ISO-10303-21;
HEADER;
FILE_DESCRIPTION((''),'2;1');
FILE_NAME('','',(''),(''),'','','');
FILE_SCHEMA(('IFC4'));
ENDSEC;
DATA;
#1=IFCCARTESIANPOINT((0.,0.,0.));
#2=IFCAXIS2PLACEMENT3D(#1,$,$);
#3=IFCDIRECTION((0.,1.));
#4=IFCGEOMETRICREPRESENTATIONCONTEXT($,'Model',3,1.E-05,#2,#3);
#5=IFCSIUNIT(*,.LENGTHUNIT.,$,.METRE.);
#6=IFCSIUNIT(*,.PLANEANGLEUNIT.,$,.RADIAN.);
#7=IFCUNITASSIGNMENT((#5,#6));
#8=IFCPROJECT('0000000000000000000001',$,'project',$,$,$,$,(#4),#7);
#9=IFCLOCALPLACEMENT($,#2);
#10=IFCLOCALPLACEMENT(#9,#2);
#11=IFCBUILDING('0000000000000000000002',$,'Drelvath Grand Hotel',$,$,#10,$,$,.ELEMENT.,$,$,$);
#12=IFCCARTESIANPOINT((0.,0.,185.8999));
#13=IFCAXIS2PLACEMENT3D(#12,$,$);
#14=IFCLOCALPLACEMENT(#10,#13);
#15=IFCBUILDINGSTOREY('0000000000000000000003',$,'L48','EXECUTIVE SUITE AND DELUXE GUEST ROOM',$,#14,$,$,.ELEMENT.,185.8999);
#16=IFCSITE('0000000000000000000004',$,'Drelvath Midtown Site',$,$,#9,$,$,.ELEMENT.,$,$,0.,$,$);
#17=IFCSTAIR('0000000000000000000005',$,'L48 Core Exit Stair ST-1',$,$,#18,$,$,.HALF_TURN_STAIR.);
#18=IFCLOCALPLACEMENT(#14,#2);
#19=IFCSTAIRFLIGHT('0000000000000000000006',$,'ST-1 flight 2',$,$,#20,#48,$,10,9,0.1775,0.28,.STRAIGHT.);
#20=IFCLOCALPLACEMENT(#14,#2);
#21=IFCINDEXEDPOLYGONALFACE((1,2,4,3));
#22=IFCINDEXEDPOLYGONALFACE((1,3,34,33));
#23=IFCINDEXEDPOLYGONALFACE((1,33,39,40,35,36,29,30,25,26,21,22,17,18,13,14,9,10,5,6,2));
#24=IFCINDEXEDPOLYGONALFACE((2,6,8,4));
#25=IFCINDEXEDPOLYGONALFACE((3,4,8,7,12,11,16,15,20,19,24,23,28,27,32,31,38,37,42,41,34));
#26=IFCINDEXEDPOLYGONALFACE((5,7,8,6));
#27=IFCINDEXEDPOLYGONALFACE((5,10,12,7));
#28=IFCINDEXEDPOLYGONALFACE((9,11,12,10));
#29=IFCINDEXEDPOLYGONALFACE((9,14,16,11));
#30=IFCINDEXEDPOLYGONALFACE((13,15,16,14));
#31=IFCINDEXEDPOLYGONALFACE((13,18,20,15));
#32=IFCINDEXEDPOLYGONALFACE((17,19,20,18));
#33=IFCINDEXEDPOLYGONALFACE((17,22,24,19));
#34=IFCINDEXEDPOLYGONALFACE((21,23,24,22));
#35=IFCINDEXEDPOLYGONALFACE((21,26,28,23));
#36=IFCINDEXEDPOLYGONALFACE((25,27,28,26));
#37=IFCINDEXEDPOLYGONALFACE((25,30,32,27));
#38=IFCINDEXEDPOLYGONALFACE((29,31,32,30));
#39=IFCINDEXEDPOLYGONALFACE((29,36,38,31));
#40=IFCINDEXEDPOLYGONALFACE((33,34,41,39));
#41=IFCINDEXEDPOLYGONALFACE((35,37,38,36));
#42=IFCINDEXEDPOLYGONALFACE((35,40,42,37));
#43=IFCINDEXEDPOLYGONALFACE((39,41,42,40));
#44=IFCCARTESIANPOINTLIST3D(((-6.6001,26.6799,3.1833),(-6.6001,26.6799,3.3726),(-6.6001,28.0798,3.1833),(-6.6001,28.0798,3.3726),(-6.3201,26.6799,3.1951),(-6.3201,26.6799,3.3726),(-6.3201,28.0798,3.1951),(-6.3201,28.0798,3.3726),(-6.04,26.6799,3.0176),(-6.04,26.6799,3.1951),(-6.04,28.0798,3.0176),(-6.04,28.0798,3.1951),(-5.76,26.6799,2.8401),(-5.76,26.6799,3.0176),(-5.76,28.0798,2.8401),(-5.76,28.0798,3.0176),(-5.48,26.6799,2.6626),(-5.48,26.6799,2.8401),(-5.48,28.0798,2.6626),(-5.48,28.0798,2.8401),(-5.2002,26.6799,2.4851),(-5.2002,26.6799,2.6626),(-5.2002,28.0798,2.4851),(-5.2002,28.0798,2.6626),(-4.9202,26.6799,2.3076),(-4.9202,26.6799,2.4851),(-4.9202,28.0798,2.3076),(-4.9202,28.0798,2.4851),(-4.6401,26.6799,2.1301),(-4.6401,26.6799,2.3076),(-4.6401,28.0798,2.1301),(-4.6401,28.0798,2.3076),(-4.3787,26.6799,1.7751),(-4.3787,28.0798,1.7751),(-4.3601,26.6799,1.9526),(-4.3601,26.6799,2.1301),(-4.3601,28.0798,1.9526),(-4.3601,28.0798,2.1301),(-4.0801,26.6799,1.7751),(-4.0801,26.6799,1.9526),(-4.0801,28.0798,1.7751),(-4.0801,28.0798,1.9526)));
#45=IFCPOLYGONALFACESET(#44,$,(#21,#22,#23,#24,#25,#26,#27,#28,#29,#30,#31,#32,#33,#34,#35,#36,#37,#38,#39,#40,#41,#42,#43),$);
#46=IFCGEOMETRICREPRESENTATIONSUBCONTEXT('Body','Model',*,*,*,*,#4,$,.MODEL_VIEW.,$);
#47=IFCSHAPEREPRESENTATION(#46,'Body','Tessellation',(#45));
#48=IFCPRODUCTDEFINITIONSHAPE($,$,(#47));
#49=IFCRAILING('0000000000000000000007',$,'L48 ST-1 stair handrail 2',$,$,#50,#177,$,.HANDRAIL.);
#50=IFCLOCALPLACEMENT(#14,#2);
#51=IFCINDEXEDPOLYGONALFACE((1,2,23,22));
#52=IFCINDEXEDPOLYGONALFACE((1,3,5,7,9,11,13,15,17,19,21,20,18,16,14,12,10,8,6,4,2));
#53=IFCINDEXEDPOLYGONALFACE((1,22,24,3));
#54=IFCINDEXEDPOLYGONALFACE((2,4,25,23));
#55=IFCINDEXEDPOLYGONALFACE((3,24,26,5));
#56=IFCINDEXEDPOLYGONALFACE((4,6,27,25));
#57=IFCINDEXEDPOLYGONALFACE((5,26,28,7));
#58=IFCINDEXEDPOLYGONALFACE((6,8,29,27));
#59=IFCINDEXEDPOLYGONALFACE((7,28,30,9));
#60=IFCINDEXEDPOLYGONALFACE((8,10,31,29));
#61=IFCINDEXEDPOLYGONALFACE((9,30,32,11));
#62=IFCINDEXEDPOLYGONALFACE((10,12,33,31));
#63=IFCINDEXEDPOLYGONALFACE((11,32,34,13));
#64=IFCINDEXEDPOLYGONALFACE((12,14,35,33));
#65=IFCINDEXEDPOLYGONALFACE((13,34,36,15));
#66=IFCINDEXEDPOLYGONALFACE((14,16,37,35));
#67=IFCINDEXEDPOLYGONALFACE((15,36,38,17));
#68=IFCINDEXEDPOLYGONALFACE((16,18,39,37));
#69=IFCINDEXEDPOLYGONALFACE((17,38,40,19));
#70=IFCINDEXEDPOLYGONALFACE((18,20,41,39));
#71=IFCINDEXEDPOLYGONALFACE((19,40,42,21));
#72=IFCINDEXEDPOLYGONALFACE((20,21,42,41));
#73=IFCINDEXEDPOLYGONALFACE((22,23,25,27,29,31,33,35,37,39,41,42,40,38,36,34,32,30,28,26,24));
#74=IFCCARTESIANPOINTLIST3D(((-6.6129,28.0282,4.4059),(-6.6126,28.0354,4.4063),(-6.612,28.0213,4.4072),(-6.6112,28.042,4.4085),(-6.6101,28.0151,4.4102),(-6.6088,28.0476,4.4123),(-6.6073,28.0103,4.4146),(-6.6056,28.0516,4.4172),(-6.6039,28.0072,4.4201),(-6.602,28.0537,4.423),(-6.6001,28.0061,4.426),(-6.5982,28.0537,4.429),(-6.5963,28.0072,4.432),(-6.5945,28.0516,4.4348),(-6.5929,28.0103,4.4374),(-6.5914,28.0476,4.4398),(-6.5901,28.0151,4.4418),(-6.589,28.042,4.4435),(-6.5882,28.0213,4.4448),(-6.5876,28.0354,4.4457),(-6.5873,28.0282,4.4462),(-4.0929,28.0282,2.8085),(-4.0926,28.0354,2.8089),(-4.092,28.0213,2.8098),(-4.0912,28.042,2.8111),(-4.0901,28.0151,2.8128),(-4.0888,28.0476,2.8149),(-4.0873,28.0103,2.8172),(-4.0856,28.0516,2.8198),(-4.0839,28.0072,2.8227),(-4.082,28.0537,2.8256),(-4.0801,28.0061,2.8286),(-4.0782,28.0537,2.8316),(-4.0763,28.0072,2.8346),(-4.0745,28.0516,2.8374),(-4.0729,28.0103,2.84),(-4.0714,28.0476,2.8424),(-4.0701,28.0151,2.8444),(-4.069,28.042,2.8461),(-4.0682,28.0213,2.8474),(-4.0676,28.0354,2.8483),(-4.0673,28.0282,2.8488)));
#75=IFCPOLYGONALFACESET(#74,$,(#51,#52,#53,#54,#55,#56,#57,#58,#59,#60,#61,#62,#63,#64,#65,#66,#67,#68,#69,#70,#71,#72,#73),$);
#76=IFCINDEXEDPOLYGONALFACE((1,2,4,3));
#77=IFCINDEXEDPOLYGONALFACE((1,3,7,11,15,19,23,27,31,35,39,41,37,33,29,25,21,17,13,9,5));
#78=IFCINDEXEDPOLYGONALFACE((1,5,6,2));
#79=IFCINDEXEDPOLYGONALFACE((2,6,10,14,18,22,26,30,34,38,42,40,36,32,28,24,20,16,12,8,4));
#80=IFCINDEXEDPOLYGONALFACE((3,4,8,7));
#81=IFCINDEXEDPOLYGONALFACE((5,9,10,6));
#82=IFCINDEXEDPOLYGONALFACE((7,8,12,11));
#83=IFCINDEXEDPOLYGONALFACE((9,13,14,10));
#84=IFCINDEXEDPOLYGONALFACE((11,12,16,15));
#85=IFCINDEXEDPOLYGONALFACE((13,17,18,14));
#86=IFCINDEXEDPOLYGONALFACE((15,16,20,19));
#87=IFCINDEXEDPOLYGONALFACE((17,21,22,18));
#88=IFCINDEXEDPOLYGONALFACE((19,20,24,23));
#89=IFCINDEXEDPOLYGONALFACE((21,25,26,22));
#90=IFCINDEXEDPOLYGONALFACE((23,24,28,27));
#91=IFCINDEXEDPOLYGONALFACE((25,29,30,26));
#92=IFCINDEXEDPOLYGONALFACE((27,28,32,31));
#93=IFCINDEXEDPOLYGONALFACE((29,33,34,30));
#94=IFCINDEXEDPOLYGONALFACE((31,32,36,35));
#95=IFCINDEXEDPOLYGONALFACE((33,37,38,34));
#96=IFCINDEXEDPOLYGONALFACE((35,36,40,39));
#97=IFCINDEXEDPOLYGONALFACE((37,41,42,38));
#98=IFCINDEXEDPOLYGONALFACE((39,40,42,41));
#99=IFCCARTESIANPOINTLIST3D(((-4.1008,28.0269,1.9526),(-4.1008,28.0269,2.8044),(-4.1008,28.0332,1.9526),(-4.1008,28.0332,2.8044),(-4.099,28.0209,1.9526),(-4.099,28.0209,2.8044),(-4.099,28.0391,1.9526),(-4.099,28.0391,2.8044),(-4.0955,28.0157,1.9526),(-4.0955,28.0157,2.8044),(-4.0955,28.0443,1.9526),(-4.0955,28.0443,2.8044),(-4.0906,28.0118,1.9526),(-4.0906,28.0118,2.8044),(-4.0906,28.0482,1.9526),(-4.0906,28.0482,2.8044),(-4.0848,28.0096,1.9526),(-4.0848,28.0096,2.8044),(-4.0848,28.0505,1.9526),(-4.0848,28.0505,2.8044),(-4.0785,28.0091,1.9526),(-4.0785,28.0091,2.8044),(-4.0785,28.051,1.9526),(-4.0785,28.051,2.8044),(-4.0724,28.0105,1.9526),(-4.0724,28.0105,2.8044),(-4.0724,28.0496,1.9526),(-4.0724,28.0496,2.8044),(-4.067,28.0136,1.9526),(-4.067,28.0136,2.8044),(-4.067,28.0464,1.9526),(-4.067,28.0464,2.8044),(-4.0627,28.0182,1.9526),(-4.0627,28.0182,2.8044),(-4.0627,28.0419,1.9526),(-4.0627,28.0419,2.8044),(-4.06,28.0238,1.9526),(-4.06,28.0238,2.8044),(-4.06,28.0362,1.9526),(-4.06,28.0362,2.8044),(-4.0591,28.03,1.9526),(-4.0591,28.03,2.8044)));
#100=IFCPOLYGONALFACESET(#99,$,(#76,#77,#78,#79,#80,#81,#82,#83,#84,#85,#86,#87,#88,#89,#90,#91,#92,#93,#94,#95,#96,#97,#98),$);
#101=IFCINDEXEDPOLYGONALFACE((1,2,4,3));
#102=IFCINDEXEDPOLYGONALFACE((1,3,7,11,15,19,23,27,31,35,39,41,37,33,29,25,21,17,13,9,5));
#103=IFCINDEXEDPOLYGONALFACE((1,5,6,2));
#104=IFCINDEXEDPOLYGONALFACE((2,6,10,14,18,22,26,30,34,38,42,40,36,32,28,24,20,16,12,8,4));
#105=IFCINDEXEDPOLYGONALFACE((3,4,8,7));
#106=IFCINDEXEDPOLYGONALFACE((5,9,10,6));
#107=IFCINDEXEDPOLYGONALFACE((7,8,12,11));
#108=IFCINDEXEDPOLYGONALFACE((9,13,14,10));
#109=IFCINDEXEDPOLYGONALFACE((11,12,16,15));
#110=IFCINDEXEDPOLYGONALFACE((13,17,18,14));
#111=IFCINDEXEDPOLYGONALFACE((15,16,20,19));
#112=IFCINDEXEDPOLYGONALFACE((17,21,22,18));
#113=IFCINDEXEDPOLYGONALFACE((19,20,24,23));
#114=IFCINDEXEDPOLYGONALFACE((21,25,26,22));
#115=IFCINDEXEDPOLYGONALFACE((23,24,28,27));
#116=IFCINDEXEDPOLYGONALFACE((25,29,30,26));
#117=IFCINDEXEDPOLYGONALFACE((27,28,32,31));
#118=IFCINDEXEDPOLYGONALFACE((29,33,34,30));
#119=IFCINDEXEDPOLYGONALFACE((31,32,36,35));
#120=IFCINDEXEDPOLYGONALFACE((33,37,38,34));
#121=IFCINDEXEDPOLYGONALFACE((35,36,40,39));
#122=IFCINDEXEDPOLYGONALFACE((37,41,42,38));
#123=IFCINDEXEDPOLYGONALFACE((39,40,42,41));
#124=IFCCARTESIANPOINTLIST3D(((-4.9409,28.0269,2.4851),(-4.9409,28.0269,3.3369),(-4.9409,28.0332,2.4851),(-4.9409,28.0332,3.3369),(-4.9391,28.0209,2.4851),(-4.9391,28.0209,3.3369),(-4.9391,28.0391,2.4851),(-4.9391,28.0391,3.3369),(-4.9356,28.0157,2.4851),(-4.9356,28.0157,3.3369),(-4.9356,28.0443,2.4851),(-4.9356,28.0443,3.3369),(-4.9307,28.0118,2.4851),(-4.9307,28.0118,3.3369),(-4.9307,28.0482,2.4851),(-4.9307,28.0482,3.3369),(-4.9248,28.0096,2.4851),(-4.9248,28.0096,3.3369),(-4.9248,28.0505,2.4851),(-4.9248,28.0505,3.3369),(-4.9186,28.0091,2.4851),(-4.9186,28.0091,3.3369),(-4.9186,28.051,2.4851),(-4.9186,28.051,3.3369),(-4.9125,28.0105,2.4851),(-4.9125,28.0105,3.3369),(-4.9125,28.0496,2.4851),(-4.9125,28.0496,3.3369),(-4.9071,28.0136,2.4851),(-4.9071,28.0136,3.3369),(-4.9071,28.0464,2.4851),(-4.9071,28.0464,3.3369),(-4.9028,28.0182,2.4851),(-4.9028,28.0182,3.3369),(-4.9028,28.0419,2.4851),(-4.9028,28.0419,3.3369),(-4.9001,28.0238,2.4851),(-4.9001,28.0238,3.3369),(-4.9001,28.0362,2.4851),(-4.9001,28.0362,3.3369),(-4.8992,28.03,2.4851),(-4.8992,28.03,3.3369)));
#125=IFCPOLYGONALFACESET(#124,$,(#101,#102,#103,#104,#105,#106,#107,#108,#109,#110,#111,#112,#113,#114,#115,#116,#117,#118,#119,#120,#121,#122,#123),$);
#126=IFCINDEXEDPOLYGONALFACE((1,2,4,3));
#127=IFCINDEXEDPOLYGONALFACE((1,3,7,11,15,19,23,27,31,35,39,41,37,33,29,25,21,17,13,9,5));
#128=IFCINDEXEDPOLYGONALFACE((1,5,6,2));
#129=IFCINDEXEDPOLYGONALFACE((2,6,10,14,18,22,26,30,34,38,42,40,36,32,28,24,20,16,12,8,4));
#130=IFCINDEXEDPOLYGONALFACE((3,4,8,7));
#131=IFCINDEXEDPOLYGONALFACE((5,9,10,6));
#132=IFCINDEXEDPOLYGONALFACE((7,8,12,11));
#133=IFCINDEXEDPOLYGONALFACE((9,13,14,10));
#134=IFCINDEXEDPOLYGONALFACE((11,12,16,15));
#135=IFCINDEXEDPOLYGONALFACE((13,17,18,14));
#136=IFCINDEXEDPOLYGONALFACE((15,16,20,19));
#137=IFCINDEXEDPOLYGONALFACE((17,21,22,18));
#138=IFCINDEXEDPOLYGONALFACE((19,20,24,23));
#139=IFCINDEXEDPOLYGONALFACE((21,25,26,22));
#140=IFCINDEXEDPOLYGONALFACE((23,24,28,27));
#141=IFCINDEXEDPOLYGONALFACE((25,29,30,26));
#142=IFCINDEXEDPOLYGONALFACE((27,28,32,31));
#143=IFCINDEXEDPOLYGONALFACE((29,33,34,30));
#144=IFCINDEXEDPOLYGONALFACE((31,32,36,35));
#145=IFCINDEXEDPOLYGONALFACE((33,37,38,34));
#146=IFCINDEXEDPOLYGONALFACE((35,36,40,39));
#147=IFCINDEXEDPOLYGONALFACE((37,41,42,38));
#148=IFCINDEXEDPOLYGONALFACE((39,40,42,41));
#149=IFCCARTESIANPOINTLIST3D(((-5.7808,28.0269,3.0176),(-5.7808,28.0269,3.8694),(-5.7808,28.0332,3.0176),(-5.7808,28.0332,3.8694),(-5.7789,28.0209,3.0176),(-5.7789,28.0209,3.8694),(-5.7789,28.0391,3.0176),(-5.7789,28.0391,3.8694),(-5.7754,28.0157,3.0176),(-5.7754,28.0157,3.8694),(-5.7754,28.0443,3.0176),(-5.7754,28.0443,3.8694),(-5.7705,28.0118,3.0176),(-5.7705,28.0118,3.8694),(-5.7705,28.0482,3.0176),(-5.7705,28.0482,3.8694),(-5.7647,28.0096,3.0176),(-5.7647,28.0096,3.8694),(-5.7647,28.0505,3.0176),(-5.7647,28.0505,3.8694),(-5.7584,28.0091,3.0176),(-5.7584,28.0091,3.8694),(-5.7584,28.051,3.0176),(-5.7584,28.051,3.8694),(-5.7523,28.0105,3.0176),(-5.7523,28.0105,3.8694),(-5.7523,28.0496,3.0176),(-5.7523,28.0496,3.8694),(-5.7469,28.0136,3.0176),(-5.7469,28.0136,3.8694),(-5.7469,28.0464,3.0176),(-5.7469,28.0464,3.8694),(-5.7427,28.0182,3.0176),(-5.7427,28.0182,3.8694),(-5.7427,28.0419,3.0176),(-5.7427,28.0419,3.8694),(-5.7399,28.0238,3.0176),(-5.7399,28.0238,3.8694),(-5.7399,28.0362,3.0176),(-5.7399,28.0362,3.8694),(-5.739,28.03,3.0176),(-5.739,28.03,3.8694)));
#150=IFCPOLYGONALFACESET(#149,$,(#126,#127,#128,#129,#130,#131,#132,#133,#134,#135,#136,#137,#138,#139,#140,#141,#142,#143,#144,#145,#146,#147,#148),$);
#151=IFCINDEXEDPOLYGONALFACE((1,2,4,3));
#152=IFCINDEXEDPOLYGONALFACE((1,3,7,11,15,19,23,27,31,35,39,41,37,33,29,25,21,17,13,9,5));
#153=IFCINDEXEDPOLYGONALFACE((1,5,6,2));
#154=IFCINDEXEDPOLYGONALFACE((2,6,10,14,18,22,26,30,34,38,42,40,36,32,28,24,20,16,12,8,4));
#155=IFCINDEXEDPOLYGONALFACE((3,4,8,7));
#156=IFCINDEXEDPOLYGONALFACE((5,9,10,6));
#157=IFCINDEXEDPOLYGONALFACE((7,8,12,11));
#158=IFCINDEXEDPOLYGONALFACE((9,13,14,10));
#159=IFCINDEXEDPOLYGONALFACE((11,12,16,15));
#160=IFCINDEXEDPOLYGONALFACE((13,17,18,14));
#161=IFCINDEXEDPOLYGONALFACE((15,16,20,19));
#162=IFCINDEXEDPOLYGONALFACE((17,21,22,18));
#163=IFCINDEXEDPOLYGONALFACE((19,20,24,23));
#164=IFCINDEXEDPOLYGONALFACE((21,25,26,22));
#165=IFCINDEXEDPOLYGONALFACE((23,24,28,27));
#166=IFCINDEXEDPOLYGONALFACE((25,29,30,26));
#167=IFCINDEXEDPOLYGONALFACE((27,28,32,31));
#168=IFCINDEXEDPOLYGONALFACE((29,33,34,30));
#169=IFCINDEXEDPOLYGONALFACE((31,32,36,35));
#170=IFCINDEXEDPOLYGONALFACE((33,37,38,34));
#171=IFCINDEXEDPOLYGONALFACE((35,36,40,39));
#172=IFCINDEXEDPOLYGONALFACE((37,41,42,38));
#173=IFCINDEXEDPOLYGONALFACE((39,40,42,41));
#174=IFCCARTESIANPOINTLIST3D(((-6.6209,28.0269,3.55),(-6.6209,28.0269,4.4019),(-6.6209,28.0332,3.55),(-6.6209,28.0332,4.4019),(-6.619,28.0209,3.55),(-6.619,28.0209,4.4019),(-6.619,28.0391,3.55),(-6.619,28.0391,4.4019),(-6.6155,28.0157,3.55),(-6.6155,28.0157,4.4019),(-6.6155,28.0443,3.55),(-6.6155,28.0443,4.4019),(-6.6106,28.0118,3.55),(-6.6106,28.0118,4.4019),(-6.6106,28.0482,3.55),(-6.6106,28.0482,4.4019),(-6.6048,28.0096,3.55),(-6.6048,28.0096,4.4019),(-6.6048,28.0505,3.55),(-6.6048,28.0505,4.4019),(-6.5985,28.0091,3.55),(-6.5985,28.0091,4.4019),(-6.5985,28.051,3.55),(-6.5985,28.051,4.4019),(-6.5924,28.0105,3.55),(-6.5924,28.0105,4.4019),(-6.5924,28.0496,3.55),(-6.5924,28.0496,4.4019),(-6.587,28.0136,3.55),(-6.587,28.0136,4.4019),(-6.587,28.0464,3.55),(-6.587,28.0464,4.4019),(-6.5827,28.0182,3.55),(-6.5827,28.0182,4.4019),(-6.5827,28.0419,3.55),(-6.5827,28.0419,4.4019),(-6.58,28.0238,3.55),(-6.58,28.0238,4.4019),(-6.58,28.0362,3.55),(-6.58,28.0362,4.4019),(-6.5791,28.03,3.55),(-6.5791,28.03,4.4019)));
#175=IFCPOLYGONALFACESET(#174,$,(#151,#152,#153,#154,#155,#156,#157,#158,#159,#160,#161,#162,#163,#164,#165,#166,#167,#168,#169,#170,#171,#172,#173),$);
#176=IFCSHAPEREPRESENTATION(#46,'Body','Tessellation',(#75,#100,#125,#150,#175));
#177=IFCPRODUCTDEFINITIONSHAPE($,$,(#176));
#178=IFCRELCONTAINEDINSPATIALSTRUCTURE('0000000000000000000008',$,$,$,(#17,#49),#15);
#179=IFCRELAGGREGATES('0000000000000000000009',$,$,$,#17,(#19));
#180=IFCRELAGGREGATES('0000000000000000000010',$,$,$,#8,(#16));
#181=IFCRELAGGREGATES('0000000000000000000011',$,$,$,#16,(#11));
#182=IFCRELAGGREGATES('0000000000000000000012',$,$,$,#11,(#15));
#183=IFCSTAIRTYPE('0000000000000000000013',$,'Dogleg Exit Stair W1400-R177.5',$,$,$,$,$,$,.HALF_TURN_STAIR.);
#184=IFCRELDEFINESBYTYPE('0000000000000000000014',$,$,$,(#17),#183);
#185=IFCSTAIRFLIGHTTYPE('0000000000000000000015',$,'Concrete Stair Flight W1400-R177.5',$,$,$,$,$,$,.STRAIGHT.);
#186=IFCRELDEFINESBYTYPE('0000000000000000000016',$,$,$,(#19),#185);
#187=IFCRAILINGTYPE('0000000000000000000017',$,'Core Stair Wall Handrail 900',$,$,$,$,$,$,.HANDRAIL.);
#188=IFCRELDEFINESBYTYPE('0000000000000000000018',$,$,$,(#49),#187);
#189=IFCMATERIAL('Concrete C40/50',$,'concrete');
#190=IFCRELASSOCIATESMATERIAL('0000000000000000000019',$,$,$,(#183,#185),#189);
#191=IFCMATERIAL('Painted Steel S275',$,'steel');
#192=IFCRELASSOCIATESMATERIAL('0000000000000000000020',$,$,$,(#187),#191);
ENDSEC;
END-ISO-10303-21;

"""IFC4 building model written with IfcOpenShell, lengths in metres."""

from ifc_helpers import new_model, si_unit, direction, frame, origin, origin_2d, place, context, subcontext, project, spatial, polyline, circle, outline, extrude, material, type_object, element, aggregate, save


model = new_model("IFC4")

# Units and contexts
model_context = context("Model", 3, precision=1e-05, world=origin(), true_north=direction((0.0, 1.0)))
body_context = subcontext(model_context, "Body", "Model", "MODEL_VIEW")
ifc_project = project(units=[si_unit("LENGTHUNIT", "METRE"), si_unit("PLANEANGLEUNIT", "RADIAN")], contexts=[model_context])

# Site, building, storey
site_placement = place(None, origin())
site = spatial("IfcSite", under=ifc_project, at=site_placement, Name="Drelvath Midtown Site", CompositionType="ELEMENT", RefElevation=0.0)
building_placement = place(site_placement, origin())
building = spatial("IfcBuilding", under=site, at=building_placement, Name="Drelvath Grand Hotel", CompositionType="ELEMENT")
storey_placement = place(building_placement, frame((0.0, 0.0, 185.8999)))
storey = spatial("IfcBuildingStorey", under=building, at=storey_placement, Name="L48", Description="EXECUTIVE SUITE AND DELUXE GUEST ROOM", CompositionType="ELEMENT", Elevation=185.8999)

# Shared definitions
ifc_material_1 = material(Name="Painted Steel S275", Category="steel")

# Shared definitions
ifc_material_2 = material(Name="Concrete C40/50", Category="concrete")

# Stair, stair flight
stair_type = type_object("IfcStairType", Name="Dogleg Exit Stair W1400-R177.5", PredefinedType="HALF_TURN_STAIR", material=ifc_material_2)
stair_placement = place(storey_placement, origin())
stair = element("IfcStair", 1, at=stair_placement, inside=storey, type_object=stair_type, Name="L48 Core Exit Stair ST-1", PredefinedType="HALF_TURN_STAIR")
stair_flight_type = type_object("IfcStairFlightType", Name="Concrete Stair Flight W1400-R177.5", PredefinedType="STRAIGHT", material=ifc_material_2)
stair_flight_placement = place(storey_placement, frame((-4.0801, 27.3799, 1.7751), z_axis=(0.0, 0.0, 1.0), x_axis=(-1.0, 0.0, 0.0)))
stair_flight = element("IfcStairFlight", 2, at=stair_flight_placement, type_object=stair_flight_type, Name="ST-1 flight 2", NumberOfRisers=10, NumberOfTreads=9, PredefinedType="STRAIGHT", RiserHeight=0.1775, TreadLength=0.28, context=body_context, shape_type="SweptSolid", body=[
    extrude(outline(polyline([(0.0, 0.0), (0.0, 0.1775), (0.28, 0.1775), (0.28, 0.355), (0.5601, 0.355), (0.5601, 0.5325), (0.8401, 0.5325), (0.8401, 0.71), (1.1201, 0.71), (1.1201, 0.8875), (1.3999, 0.8875), (1.3999, 1.0649), (1.6799, 1.0649), (1.6799, 1.2424), (1.96, 1.2424), (1.96, 1.4199), (2.24, 1.4199), (2.24, 1.5974), (2.52, 1.5974), (2.52, 1.7749), (2.52, 1.4082), (0.2986, 0.0), (0.0, 0.0)])), frame((0.0, 0.7, 0.0), z_axis=(0.0, -1.0, 0.0), x_axis=(1.0, 0.0, 0.0)), (0.0, 0.0, 1.0), 1.3999),
])
aggregate(stair, [stair_flight])

# Railing
railing_type = type_object("IfcRailingType", Name="Core Stair Wall Handrail 900", PredefinedType="HANDRAIL", material=ifc_material_1)
railing_placement = place(storey_placement, frame((-4.0801, 28.03, 1.9526)))
element("IfcRailing", 3, at=railing_placement, inside=storey, type_object=railing_type, Name="L48 ST-1 stair handrail 2", PredefinedType="HANDRAIL", context=body_context, shape_type="SweptSolid", body=[
    extrude(circle(Radius=0.0239, at=origin_2d()), frame((0.0, 0.0, 0.876), z_axis=(-0.844607, 0.0, 0.535387), x_axis=(0.0, -1.0, 0.0)), (0.0, 0.0, 1.0), 2.9836),
    extrude(circle(Radius=0.021, at=origin_2d()), origin(), (0.0, 0.0, 1.0), 0.8518),
    extrude(circle(Radius=0.021, at=origin_2d()), frame((-0.8401, 0.0, 0.5325)), (0.0, 0.0, 1.0), 0.8518),
    extrude(circle(Radius=0.021, at=origin_2d()), frame((-1.6799, 0.0, 1.0649)), (0.0, 0.0, 1.0), 0.8518),
    extrude(circle(Radius=0.021, at=origin_2d()), frame((-2.52, 0.0, 1.5974)), (0.0, 0.0, 1.0), 0.8518),
])

save(model, "model.ifc")
